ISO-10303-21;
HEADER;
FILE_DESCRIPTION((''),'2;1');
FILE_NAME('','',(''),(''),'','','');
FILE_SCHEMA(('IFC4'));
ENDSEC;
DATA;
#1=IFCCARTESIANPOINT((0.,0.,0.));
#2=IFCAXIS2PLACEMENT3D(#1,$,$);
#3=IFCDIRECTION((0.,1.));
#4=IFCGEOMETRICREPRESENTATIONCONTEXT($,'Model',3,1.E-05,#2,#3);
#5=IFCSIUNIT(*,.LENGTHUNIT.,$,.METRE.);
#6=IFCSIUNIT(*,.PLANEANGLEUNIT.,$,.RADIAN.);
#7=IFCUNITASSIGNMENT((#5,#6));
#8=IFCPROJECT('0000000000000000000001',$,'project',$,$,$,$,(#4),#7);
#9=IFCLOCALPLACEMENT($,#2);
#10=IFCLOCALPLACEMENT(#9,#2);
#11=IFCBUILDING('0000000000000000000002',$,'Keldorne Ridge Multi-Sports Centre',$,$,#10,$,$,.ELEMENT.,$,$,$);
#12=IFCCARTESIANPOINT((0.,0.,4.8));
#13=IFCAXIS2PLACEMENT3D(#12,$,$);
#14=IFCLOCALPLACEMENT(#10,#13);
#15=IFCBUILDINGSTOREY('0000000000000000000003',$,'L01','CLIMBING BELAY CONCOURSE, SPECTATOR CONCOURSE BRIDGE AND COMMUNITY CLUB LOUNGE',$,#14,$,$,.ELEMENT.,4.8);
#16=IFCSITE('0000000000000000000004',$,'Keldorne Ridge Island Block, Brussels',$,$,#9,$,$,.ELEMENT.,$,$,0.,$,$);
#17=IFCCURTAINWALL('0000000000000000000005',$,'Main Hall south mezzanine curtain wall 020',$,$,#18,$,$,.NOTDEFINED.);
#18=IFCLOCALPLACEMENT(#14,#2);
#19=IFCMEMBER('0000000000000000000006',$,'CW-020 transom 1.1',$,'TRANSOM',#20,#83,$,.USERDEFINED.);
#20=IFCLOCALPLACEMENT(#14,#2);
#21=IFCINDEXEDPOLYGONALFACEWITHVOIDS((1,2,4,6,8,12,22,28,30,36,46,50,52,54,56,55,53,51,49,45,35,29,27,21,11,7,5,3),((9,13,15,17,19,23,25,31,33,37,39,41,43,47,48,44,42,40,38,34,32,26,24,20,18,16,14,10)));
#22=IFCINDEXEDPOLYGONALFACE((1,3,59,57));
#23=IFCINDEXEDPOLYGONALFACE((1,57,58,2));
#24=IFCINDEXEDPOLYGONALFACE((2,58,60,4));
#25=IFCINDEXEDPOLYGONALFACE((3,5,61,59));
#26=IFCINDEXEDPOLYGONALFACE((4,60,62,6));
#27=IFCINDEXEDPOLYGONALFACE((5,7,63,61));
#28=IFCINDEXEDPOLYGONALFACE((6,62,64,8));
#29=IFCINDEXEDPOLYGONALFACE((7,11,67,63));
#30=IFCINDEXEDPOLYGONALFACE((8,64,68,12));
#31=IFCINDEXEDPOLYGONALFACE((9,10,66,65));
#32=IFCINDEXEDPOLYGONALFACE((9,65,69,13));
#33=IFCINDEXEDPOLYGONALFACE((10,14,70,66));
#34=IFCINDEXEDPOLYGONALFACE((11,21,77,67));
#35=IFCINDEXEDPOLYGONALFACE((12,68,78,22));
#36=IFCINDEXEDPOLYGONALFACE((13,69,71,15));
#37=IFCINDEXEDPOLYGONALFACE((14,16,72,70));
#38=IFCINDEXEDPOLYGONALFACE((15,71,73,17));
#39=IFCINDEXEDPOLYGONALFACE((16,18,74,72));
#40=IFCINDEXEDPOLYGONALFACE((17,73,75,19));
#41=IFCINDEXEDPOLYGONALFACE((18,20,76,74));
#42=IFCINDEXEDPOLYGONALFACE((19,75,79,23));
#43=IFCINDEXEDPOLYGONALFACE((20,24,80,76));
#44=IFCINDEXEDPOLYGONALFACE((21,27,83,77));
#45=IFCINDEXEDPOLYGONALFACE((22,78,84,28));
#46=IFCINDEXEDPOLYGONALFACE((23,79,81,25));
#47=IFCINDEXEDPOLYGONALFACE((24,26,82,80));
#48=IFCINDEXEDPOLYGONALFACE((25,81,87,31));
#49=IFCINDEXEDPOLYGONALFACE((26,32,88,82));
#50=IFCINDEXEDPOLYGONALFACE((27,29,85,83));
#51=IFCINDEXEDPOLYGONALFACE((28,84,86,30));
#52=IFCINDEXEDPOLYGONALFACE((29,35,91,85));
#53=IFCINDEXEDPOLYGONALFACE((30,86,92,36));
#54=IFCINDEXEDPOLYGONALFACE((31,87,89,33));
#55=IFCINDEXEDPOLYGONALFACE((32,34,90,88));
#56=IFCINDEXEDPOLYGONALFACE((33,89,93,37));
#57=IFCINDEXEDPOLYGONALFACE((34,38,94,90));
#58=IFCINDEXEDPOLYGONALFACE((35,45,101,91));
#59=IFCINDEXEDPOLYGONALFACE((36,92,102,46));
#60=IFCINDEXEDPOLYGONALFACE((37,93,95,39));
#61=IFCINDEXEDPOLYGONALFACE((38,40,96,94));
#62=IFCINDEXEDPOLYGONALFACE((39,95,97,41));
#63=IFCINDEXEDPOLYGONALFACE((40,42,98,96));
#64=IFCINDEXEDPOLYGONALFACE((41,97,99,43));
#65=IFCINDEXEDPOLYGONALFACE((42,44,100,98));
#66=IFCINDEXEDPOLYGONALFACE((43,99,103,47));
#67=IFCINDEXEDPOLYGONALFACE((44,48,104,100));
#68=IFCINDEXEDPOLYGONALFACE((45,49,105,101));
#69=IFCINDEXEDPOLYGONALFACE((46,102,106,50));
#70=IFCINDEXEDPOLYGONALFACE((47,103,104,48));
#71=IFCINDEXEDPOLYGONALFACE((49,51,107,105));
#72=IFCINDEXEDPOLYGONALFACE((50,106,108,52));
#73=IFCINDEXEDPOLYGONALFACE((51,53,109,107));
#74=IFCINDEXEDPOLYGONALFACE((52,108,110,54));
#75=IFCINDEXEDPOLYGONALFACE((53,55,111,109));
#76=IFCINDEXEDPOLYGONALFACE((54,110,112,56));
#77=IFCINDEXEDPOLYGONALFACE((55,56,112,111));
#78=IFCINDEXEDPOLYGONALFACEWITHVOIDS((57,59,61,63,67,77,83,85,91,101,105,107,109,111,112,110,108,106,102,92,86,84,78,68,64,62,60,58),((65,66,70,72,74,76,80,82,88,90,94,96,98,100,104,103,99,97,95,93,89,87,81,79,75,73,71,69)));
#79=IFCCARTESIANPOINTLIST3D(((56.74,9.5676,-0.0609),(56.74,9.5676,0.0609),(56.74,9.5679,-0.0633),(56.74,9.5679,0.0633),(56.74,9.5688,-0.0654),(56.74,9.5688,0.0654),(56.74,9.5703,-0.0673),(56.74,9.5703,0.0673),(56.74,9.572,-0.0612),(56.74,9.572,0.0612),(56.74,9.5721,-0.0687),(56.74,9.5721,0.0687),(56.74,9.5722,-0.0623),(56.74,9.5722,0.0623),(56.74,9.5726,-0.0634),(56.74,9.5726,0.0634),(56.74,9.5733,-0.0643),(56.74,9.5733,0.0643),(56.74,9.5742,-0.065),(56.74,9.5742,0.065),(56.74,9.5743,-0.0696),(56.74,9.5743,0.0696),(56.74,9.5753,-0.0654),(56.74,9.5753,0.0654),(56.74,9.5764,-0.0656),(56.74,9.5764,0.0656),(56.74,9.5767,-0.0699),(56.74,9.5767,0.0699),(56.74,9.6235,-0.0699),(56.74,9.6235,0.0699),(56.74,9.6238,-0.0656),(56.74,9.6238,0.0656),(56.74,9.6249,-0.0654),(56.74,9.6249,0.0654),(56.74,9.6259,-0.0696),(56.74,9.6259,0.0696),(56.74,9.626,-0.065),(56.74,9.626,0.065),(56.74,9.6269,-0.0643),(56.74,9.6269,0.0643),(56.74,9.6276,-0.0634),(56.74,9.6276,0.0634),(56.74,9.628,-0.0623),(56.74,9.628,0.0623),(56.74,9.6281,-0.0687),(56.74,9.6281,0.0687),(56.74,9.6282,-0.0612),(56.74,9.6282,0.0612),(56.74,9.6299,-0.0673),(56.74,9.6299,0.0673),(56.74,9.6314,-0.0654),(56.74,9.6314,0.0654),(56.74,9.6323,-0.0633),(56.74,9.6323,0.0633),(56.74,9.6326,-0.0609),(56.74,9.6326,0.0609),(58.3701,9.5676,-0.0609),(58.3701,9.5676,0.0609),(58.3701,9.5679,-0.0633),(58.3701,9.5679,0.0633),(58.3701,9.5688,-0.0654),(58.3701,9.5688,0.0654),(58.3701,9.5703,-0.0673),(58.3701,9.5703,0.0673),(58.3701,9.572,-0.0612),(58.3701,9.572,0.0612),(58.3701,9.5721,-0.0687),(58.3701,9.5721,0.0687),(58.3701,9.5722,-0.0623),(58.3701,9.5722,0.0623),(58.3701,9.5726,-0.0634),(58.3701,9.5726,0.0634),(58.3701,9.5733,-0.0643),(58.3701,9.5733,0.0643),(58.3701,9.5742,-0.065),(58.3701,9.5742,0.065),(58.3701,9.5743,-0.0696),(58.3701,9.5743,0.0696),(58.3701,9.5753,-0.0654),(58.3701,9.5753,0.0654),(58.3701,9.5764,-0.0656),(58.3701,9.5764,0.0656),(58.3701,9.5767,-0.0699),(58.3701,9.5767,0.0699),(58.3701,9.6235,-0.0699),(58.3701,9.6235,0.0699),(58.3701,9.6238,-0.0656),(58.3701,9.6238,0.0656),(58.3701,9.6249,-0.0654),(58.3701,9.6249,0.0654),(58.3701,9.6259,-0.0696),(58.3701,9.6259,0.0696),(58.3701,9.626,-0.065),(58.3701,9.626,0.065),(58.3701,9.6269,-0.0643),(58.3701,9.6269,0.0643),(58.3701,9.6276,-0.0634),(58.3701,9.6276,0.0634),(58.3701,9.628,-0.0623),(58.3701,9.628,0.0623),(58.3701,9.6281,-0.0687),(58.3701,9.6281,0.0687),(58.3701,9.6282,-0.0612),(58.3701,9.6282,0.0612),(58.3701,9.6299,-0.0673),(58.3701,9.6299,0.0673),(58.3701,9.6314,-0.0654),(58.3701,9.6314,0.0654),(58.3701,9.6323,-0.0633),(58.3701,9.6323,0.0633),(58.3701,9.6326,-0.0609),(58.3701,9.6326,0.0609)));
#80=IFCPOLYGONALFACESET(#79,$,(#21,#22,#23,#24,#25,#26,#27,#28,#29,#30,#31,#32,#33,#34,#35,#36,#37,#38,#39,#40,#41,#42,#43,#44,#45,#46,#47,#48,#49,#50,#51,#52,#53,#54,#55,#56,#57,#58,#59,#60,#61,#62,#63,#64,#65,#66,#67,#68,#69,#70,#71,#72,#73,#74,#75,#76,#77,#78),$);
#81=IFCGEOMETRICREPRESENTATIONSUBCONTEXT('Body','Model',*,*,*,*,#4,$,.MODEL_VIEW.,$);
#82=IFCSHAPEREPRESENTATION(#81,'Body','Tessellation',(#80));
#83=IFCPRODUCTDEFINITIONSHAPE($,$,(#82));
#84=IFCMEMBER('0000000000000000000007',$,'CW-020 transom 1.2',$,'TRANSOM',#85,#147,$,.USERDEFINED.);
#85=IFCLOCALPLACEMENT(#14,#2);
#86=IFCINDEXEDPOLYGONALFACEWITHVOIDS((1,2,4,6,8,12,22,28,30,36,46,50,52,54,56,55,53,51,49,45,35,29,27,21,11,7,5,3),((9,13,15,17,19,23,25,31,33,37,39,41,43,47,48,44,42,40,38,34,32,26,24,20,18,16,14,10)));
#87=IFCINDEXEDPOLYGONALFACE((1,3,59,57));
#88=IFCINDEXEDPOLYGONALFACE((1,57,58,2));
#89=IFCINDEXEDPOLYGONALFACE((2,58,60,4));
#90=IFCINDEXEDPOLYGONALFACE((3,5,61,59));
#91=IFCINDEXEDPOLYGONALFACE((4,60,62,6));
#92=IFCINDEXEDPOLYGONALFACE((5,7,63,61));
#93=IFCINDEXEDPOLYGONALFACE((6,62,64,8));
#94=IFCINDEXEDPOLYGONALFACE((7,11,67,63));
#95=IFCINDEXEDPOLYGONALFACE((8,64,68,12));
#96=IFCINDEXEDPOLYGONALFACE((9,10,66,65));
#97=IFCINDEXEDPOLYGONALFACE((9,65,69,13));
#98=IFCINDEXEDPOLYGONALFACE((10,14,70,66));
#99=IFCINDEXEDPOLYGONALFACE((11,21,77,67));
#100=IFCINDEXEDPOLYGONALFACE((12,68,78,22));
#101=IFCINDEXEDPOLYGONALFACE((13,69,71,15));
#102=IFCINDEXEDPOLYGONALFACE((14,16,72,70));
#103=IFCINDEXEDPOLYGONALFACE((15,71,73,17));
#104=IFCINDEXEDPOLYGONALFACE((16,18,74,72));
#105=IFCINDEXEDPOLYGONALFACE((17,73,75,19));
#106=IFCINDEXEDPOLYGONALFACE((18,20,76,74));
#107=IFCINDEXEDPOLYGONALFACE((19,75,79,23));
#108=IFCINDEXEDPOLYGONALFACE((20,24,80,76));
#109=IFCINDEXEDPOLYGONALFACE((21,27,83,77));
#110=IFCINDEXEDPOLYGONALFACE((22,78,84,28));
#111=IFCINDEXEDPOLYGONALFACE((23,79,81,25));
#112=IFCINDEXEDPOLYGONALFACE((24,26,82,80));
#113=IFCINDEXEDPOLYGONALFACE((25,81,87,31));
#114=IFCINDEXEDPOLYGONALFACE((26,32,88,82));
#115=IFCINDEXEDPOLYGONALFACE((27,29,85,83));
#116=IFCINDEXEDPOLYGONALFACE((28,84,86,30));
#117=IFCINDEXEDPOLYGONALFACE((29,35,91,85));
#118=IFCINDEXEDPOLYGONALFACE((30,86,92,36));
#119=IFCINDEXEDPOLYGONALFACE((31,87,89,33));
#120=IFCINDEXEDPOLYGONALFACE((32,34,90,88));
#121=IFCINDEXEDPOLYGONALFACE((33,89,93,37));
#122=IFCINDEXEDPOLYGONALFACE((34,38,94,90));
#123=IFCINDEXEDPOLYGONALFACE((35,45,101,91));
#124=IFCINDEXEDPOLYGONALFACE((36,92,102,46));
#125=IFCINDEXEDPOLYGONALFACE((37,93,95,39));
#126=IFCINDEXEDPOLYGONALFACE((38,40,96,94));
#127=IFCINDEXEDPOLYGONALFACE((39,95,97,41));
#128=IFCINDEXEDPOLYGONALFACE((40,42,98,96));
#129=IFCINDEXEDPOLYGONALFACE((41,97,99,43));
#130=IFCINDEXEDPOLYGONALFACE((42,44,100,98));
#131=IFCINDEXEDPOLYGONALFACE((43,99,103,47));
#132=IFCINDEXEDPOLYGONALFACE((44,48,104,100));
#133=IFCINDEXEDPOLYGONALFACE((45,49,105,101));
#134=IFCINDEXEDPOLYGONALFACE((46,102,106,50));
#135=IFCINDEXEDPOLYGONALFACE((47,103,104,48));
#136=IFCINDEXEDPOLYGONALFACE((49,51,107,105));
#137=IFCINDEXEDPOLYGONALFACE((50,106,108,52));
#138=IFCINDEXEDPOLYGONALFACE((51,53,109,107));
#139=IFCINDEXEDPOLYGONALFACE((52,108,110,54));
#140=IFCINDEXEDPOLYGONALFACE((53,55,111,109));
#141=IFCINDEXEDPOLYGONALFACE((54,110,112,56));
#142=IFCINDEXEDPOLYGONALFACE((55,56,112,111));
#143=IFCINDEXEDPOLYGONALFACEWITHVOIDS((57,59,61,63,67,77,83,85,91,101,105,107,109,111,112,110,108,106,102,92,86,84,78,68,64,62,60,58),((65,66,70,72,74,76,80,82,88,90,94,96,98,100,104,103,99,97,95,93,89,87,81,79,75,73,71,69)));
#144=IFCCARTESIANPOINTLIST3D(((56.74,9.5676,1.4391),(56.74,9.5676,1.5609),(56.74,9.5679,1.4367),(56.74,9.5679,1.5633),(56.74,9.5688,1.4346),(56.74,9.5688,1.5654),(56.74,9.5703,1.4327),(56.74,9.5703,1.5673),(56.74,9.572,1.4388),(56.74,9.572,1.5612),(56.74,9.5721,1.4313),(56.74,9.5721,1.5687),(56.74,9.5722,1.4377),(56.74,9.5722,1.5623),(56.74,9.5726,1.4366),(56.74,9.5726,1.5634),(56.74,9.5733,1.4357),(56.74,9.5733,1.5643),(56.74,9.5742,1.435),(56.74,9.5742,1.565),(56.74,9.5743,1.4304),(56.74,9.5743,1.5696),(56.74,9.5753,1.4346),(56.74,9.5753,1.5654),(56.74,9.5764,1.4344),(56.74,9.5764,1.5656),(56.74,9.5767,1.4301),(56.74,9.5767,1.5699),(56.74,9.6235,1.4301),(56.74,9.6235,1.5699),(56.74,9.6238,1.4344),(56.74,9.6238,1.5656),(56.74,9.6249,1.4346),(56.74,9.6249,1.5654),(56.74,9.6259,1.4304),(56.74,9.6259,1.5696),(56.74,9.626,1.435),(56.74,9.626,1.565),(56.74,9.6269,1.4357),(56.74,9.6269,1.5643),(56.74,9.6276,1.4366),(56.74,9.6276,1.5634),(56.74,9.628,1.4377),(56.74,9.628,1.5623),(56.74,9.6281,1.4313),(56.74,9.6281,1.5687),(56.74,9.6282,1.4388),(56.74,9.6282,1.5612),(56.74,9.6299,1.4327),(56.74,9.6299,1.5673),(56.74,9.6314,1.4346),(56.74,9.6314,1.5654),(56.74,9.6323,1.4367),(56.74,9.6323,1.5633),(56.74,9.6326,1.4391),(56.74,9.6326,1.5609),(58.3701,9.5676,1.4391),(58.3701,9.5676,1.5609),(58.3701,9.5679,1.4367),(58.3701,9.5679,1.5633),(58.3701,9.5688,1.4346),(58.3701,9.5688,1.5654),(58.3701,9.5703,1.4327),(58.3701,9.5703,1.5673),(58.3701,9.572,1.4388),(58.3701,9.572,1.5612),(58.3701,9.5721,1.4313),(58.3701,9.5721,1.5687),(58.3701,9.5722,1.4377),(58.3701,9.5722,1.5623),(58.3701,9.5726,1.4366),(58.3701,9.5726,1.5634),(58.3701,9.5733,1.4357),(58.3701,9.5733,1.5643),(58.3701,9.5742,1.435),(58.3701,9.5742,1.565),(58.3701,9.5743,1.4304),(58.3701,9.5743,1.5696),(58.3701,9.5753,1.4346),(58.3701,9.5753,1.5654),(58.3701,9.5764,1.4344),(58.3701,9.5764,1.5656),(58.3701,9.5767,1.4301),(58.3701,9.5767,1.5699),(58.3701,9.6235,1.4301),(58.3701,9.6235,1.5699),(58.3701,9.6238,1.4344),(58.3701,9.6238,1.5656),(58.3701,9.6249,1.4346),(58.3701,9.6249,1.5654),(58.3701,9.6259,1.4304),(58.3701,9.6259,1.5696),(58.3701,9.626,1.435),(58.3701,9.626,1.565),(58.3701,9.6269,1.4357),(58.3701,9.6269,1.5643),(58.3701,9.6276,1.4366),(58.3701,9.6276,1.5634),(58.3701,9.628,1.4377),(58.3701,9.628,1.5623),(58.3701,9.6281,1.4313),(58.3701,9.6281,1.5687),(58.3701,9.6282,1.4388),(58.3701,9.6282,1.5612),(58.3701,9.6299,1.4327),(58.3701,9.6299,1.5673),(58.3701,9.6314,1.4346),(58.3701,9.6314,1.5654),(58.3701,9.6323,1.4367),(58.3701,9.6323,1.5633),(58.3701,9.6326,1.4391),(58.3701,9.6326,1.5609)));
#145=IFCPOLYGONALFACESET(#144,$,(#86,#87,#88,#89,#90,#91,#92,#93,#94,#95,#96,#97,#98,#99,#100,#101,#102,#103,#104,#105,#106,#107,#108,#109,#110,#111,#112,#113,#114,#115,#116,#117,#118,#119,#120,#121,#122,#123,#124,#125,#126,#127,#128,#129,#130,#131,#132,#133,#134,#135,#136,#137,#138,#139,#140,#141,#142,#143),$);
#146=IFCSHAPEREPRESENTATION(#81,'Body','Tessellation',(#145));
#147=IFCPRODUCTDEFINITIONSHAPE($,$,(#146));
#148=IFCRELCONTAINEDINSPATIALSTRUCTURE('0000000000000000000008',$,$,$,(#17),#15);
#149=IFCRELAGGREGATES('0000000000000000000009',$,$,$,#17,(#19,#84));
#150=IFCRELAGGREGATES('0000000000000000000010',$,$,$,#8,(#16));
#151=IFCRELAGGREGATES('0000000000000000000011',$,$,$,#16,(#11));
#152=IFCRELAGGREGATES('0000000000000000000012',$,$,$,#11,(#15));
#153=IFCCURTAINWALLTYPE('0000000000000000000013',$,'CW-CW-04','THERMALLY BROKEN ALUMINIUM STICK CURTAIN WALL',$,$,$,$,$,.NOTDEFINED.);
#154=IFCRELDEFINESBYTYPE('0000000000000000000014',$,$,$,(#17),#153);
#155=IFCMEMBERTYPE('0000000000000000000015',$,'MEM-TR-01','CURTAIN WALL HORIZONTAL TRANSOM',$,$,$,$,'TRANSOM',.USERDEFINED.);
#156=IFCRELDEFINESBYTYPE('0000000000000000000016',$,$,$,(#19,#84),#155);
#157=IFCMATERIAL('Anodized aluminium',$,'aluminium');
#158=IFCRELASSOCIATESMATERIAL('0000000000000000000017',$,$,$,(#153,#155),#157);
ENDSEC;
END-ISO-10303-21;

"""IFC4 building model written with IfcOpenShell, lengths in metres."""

from ifc_helpers import new_model, si_unit, direction, frame, origin, origin_2d, place, context, subcontext, project, spatial, hollow_rectangle, extrude, material, material_profile, profile_set, type_object, element, aggregate, save


model = new_model("IFC4")

# Units and contexts
model_context = context("Model", 3, precision=1e-05, world=origin(), true_north=direction((0.0, 1.0)))
body_context = subcontext(model_context, "Body", "Model", "MODEL_VIEW")
ifc_project = project(units=[si_unit("LENGTHUNIT", "METRE"), si_unit("PLANEANGLEUNIT", "RADIAN")], contexts=[model_context])

# Site, building, storey
site_placement = place(None, origin())
site = spatial("IfcSite", under=ifc_project, at=site_placement, Name="Keldorne Ridge Island Block, Brussels", CompositionType="ELEMENT", RefElevation=0.0)
building_placement = place(site_placement, origin())
building = spatial("IfcBuilding", under=site, at=building_placement, Name="Keldorne Ridge Multi-Sports Centre", CompositionType="ELEMENT")
storey_placement = place(building_placement, frame((0.0, 0.0, 4.8)))
storey = spatial("IfcBuildingStorey", under=building, at=storey_placement, Name="L01", Description="CLIMBING BELAY CONCOURSE, SPECTATOR CONCOURSE BRIDGE AND COMMUNITY CLUB LOUNGE", CompositionType="ELEMENT", Elevation=4.8)

# Curtain wall
ifc_material_1 = material(Name="Anodized aluminium", Category="aluminium")
curtain_wall_type_1 = type_object("IfcCurtainWallType", Name="CW-CW-04", Description="THERMALLY BROKEN ALUMINIUM STICK CURTAIN WALL", PredefinedType="NOTDEFINED", material=ifc_material_1)
curtain_wall_1_placement = place(storey_placement, origin())
curtain_wall_1 = element("IfcCurtainWall", 1, at=curtain_wall_1_placement, inside=storey, type_object=curtain_wall_type_1, Name="Main Hall south mezzanine curtain wall 020", PredefinedType="NOTDEFINED")

# Members
ifc_material_profile_1 = material_profile(ifc_material_1, hollow_rectangle(XDim=0.0649, YDim=0.1399, WallThickness=0.0044, InnerFilletRadius=0.0044, OuterFilletRadius=0.009, at=origin_2d()), Name="ALU TRANSOM 140x65x4.5")
ifc_profile_set_1 = profile_set([ifc_material_profile_1], Name="Anodized aluminium")
member_type_1 = type_object("IfcMemberType", Name="MEM-TR-01", Description="CURTAIN WALL HORIZONTAL TRANSOM", ElementType="TRANSOM", PredefinedType="USERDEFINED", material=ifc_profile_set_1)
member_1_placement = place(storey_placement, frame((56.74, 9.6001, 0.0), z_axis=(1.0, 0.0, 0.0), x_axis=(0.0, 1.0, 0.0)))
member_1 = element("IfcMember", 2, at=member_1_placement, type_object=member_type_1, Name="CW-020 transom 1.1", ObjectType="TRANSOM", PredefinedType="USERDEFINED", context=body_context, shape_type="SweptSolid", body=[
    extrude(hollow_rectangle(XDim=0.0649, YDim=0.1399, WallThickness=0.0044, InnerFilletRadius=0.0044, OuterFilletRadius=0.009, at=origin_2d()), origin(), (0.0, 0.0, 1.0), 1.6301),
])
member_2_placement = place(storey_placement, frame((56.74, 9.6001, 1.5), z_axis=(1.0, 0.0, 0.0), x_axis=(0.0, 1.0, 0.0)))
member_2 = element("IfcMember", 3, at=member_2_placement, type_object=member_type_1, Name="CW-020 transom 1.2", ObjectType="TRANSOM", PredefinedType="USERDEFINED", context=body_context, shape_type="SweptSolid", body=[
    extrude(hollow_rectangle(XDim=0.0649, YDim=0.1399, WallThickness=0.0044, InnerFilletRadius=0.0044, OuterFilletRadius=0.009, at=origin_2d()), origin(), (0.0, 0.0, 1.0), 1.6301),
])

aggregate(curtain_wall_1, [member_1, member_2])

save(model, "model.ifc")
